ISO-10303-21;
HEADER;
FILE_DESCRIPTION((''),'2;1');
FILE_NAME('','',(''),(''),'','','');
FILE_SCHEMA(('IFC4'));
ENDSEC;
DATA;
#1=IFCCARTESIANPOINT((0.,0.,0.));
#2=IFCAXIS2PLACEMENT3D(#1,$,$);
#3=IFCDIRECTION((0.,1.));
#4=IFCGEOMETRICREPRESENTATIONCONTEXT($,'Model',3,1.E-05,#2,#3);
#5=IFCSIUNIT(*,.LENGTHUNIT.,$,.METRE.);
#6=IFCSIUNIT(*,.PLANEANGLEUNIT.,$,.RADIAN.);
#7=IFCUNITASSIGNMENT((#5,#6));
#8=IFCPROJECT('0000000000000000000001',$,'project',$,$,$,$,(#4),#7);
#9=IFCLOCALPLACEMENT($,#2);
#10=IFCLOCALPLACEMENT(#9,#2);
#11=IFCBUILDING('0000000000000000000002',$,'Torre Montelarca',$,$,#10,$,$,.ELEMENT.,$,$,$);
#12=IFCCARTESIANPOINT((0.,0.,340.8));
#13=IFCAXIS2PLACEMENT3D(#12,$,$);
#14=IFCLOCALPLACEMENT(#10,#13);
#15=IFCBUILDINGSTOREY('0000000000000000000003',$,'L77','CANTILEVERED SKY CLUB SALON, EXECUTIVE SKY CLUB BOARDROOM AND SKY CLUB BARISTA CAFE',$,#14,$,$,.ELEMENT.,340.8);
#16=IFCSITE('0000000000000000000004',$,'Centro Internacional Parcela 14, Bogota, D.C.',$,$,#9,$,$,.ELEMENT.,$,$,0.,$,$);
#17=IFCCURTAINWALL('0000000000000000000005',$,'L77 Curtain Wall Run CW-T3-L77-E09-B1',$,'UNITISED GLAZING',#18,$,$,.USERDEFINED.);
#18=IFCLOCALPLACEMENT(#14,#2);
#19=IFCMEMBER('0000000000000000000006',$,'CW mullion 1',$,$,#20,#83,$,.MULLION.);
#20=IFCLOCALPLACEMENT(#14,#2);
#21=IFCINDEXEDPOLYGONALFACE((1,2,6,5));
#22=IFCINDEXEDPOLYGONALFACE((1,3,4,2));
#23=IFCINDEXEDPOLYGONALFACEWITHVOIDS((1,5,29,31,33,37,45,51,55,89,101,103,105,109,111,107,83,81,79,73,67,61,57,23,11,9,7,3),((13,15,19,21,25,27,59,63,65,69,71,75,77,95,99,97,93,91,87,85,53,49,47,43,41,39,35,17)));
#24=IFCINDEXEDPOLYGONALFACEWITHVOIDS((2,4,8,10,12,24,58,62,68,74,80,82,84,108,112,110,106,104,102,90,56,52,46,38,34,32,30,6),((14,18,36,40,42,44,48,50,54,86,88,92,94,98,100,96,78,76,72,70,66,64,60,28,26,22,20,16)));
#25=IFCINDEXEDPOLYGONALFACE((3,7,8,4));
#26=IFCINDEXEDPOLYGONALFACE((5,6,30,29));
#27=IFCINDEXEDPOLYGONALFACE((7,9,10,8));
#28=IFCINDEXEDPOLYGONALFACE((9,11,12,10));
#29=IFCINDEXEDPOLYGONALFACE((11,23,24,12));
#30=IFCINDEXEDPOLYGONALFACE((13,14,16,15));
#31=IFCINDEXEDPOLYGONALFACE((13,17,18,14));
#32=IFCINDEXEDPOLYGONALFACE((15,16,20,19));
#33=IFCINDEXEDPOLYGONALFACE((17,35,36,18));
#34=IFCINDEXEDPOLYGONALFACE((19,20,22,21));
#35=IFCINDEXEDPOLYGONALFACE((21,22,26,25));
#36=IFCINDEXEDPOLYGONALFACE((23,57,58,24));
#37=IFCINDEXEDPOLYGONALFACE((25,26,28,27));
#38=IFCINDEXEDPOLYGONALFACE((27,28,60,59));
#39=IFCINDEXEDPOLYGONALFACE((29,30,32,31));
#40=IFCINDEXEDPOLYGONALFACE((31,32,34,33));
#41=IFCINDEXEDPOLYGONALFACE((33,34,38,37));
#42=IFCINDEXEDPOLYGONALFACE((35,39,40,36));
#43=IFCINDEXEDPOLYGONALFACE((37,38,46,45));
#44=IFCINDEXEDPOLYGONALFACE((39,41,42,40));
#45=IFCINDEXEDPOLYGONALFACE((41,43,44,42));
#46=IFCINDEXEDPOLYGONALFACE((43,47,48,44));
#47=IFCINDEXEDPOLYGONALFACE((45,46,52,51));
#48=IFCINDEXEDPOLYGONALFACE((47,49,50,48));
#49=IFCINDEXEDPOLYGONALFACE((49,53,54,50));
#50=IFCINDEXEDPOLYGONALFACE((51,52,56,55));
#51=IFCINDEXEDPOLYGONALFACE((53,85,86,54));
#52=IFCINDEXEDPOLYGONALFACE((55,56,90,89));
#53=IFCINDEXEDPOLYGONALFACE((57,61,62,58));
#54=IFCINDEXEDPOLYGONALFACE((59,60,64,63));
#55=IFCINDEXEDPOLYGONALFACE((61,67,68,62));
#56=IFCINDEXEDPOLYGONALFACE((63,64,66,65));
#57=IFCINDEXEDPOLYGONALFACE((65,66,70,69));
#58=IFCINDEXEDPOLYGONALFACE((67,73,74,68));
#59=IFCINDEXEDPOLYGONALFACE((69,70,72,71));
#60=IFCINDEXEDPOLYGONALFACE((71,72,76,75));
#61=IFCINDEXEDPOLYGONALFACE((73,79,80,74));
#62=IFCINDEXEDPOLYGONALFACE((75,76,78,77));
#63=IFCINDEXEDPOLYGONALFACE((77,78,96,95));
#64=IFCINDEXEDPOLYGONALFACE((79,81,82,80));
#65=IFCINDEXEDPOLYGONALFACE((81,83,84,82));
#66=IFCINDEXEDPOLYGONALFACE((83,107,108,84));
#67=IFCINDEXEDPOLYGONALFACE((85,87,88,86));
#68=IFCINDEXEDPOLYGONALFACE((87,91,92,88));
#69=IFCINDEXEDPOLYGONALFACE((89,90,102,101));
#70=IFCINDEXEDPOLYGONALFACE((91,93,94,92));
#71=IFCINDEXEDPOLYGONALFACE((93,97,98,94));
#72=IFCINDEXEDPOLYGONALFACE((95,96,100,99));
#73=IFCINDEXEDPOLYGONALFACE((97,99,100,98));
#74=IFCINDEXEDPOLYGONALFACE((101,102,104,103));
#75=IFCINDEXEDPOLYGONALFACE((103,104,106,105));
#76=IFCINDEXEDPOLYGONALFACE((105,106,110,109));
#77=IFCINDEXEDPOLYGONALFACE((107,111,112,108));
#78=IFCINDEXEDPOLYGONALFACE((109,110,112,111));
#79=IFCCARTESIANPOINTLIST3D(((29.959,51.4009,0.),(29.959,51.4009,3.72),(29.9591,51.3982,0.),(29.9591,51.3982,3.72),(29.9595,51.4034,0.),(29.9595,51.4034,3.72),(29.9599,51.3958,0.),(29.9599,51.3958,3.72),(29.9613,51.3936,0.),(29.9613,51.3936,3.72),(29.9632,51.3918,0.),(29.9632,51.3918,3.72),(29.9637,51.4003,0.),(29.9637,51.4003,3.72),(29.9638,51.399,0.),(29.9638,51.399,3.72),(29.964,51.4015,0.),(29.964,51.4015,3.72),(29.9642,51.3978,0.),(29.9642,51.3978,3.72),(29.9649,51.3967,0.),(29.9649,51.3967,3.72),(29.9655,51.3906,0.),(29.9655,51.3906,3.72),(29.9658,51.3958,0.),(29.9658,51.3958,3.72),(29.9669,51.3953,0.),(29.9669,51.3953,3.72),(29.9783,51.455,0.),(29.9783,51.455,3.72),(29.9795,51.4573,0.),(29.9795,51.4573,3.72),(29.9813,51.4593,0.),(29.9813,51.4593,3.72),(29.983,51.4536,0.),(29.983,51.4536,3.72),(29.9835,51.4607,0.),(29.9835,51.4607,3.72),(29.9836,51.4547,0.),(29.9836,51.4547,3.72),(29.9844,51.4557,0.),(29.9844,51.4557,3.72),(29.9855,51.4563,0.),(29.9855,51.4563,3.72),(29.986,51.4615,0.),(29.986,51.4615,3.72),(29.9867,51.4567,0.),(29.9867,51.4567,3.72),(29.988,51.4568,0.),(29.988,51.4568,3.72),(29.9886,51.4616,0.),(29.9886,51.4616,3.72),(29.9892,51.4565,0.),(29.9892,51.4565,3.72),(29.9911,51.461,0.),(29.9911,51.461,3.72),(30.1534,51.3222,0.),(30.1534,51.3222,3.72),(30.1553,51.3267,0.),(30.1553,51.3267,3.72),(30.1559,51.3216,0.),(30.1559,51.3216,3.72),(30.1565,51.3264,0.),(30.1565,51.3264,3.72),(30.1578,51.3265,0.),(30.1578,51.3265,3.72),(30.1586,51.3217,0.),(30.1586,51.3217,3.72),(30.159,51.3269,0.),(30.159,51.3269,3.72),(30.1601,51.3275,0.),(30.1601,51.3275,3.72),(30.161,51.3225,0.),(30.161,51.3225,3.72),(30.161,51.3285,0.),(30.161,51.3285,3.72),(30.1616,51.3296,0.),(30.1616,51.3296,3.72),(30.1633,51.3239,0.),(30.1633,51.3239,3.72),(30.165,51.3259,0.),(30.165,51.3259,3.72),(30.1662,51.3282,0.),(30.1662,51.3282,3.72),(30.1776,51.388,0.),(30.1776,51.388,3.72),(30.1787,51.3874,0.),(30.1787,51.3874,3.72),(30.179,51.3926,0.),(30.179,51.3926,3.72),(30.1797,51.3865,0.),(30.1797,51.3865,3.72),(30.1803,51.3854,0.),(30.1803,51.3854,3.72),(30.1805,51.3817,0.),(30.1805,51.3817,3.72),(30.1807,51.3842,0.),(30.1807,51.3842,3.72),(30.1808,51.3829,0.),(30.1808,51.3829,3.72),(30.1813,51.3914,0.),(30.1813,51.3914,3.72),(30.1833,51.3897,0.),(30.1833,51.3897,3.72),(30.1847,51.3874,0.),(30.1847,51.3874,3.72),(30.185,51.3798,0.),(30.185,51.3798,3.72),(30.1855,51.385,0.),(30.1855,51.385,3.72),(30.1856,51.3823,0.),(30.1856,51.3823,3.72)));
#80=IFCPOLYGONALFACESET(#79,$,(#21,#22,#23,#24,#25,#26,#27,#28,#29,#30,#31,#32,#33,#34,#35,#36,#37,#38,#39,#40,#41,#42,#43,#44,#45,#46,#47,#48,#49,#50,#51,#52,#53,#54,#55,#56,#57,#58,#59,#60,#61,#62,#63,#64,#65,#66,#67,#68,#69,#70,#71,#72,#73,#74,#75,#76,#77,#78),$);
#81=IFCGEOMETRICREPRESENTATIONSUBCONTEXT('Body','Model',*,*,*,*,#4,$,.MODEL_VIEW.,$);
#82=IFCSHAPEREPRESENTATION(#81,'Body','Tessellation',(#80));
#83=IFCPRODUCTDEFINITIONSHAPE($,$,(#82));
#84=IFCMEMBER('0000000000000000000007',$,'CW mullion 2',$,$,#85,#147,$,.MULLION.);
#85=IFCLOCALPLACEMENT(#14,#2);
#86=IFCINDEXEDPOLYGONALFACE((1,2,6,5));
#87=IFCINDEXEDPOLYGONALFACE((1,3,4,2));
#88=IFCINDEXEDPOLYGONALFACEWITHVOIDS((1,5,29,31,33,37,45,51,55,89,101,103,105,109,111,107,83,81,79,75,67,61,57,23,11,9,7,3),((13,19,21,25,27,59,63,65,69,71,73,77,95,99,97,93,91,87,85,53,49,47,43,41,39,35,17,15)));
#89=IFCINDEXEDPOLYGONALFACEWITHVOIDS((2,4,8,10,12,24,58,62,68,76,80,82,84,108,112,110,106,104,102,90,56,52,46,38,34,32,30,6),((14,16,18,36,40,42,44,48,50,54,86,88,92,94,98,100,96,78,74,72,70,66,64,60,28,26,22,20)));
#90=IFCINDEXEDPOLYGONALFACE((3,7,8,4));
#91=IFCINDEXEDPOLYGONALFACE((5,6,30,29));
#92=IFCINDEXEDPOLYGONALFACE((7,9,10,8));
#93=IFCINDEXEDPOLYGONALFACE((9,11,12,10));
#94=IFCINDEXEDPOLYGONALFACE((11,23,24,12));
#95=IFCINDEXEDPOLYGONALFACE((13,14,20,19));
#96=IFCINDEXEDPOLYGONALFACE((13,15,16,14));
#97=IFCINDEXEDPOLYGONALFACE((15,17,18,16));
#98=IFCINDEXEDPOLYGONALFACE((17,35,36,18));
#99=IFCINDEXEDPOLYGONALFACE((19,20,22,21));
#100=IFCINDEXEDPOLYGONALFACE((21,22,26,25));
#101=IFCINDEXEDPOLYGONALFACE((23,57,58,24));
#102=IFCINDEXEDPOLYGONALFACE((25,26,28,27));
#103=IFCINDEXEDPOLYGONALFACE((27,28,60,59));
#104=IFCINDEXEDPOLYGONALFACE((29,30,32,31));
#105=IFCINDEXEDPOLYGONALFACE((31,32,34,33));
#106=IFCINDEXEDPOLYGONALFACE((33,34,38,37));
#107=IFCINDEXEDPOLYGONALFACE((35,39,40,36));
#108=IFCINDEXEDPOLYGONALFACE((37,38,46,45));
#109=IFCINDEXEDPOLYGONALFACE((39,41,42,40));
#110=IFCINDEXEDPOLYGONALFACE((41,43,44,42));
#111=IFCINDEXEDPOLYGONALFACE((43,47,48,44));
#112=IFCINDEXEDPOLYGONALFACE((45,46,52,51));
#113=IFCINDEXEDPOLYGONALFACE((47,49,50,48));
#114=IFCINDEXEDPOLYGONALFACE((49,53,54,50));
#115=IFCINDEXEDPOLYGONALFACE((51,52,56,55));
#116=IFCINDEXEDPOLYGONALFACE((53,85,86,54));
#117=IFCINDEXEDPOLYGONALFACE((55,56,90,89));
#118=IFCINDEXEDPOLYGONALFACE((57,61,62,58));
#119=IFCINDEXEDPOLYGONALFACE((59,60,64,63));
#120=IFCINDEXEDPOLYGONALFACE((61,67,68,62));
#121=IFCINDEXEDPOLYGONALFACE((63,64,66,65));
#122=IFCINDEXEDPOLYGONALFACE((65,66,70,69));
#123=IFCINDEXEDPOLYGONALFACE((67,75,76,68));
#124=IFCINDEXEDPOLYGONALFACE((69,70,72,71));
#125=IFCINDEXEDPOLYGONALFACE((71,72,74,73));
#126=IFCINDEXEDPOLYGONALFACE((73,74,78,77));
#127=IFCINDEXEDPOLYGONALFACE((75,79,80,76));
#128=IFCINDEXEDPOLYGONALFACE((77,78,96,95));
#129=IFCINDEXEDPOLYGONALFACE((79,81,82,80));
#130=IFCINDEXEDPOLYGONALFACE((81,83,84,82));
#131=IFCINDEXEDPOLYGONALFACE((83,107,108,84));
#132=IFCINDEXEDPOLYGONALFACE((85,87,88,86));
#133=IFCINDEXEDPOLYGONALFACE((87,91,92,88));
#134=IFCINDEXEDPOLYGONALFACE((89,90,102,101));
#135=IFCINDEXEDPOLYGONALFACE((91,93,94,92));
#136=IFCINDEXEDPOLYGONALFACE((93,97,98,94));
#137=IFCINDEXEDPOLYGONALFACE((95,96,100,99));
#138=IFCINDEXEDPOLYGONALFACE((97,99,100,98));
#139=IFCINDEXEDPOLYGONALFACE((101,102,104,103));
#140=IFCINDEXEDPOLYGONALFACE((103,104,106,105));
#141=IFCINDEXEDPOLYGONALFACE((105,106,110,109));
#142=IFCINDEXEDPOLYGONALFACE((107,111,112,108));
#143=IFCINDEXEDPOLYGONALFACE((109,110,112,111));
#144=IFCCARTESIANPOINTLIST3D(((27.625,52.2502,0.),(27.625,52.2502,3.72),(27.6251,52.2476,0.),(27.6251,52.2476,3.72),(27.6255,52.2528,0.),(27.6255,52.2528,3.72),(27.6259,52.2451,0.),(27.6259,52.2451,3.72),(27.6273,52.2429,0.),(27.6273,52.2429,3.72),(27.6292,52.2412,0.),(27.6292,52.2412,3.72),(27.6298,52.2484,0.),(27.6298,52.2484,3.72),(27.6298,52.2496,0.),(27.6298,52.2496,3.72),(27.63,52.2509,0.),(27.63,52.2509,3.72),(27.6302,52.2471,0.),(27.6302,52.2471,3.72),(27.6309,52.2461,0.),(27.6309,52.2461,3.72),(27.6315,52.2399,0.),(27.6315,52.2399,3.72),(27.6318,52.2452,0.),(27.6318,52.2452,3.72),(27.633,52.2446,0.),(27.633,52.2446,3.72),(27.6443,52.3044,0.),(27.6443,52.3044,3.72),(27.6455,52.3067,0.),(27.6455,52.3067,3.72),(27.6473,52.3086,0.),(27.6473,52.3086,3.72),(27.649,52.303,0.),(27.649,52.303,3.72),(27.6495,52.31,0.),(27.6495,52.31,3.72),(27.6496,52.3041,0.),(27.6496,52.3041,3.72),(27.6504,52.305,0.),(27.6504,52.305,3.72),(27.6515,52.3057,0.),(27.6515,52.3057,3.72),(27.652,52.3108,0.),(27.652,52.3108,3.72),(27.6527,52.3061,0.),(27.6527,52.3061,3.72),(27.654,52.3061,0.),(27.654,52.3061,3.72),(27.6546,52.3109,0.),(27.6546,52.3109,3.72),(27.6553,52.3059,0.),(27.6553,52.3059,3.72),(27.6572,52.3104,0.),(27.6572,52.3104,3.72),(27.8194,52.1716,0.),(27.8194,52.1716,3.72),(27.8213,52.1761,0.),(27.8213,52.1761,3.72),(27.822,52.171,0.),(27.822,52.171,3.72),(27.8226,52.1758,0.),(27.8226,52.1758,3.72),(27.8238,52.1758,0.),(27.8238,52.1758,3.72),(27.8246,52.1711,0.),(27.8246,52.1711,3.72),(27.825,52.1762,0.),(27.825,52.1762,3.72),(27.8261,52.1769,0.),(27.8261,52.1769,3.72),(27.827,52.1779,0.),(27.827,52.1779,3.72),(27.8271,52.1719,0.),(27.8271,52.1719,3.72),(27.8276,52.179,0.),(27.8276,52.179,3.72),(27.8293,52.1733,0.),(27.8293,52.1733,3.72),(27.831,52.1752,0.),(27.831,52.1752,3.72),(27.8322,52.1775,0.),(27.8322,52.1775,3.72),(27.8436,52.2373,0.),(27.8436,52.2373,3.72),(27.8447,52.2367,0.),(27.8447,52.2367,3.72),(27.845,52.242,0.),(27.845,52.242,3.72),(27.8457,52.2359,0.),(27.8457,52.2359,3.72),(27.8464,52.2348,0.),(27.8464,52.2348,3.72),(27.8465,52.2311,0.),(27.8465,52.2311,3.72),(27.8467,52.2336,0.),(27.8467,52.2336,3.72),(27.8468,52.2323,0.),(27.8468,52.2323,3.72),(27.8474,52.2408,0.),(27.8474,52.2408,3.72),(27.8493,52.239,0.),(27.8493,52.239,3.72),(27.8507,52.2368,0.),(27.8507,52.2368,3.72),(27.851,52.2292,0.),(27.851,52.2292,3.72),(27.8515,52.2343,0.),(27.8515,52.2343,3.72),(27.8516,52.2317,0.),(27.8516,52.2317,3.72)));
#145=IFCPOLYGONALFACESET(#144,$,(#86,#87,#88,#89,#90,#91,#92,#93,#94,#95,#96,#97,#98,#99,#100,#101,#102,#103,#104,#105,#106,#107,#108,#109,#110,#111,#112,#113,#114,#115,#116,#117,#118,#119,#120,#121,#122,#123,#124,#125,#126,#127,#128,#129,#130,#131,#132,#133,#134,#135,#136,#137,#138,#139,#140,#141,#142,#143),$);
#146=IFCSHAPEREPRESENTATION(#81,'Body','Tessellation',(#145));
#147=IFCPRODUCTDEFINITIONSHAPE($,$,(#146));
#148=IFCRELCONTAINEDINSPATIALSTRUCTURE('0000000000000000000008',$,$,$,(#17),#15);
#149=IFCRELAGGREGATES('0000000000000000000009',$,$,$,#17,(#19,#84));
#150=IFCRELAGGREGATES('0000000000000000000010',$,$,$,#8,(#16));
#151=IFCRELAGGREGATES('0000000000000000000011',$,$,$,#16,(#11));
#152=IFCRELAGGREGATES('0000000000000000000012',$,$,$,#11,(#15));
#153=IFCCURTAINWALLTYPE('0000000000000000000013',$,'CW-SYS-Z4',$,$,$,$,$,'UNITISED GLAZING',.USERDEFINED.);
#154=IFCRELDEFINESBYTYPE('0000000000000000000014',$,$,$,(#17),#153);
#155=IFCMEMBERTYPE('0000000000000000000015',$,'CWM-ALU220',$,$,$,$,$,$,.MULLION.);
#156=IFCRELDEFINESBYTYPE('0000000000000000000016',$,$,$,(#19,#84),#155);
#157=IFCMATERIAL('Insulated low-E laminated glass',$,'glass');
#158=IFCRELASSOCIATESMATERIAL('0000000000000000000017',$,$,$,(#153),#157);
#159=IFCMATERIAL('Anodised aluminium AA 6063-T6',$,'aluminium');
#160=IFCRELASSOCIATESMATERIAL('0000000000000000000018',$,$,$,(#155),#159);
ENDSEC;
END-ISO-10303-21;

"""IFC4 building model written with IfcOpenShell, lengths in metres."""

from ifc_helpers import new_model, si_unit, direction, frame, origin, origin_2d, place, context, subcontext, project, spatial, hollow_rectangle, extrude, source, transform, mapped, material, material_profile, profile_set, type_object, element, aggregate, save


model = new_model("IFC4")

# Units and contexts
model_context = context("Model", 3, precision=1e-05, world=origin(), true_north=direction((0.0, 1.0)))
body_context = subcontext(model_context, "Body", "Model", "MODEL_VIEW")
ifc_project = project(units=[si_unit("LENGTHUNIT", "METRE"), si_unit("PLANEANGLEUNIT", "RADIAN")], contexts=[model_context])

# Site, building, storey
site_placement = place(None, origin())
site = spatial("IfcSite", under=ifc_project, at=site_placement, Name="Centro Internacional Parcela 14, Bogota, D.C.", CompositionType="ELEMENT", RefElevation=0.0)
building_placement = place(site_placement, origin())
building = spatial("IfcBuilding", under=site, at=building_placement, Name="Torre Montelarca", CompositionType="ELEMENT")
storey_placement = place(building_placement, frame((0.0, 0.0, 340.8)))
storey = spatial("IfcBuildingStorey", under=building, at=storey_placement, Name="L77", Description="CANTILEVERED SKY CLUB SALON, EXECUTIVE SKY CLUB BOARDROOM AND SKY CLUB BARISTA CAFE", CompositionType="ELEMENT", Elevation=340.8)

# Curtain wall, members
ifc_material_1 = material(Name="Insulated low-E laminated glass", Category="glass")
curtain_wall_type = type_object("IfcCurtainWallType", Name="CW-SYS-Z4", ElementType="UNITISED GLAZING", PredefinedType="USERDEFINED", material=ifc_material_1)
ifc_material_2 = material(Name="Anodised aluminium AA 6063-T6", Category="aluminium")
ifc_material_profile_1 = material_profile(ifc_material_2, hollow_rectangle(XDim=0.075, YDim=0.22, WallThickness=0.0049, InnerFilletRadius=0.0049, OuterFilletRadius=0.01, at=origin_2d()), Name="ALU75X220X5", Category="aluminium")
ifc_profile_set_1 = profile_set([ifc_material_profile_1], Name="Anodised aluminium AA 6063-T6")
member_type_1 = type_object("IfcMemberType", Name="CWM-ALU220", PredefinedType="MULLION", material=ifc_profile_set_1)
shared_shape_1 = source(origin(), body_context, "Body", "SweptSolid", [
    extrude(hollow_rectangle(XDim=0.075, YDim=0.22, WallThickness=0.0049, InnerFilletRadius=0.0049, OuterFilletRadius=0.01, at=origin_2d()), origin(), (0.0, 0.0, 1.0), 3.72),
])
curtain_wall_1_placement = place(storey_placement, origin())
curtain_wall_1 = element("IfcCurtainWall", 1, at=curtain_wall_1_placement, inside=storey, type_object=curtain_wall_type, Name="L77 Curtain Wall Run CW-T3-L77-E09-B1", ObjectType="UNITISED GLAZING", PredefinedType="USERDEFINED")
member_1_placement = place(storey_placement, frame((30.0723, 51.3916, 0.0), z_axis=(0.0, 0.0, 1.0), x_axis=(-0.342015, -0.939694, 0.0)))
member_1 = element("IfcMember", 2, at=member_1_placement, type_object=member_type_1, Name="CW mullion 1", PredefinedType="MULLION", context=body_context, shape_type="MappedRepresentation", body=[
    mapped(shared_shape_1, transform((0.0, 0.0, 0.0), scale=1.0)),
])
member_2_placement = place(storey_placement, frame((27.7383, 52.241, 0.0), z_axis=(0.0, 0.0, 1.0), x_axis=(-0.342015, -0.939694, 0.0)))
member_2 = element("IfcMember", 3, at=member_2_placement, type_object=member_type_1, Name="CW mullion 2", PredefinedType="MULLION", context=body_context, shape_type="MappedRepresentation", body=[
    mapped(shared_shape_1, transform((0.0, 0.0, 0.0), scale=1.0)),
])

aggregate(curtain_wall_1, [member_1, member_2])

save(model, "model.ifc")
